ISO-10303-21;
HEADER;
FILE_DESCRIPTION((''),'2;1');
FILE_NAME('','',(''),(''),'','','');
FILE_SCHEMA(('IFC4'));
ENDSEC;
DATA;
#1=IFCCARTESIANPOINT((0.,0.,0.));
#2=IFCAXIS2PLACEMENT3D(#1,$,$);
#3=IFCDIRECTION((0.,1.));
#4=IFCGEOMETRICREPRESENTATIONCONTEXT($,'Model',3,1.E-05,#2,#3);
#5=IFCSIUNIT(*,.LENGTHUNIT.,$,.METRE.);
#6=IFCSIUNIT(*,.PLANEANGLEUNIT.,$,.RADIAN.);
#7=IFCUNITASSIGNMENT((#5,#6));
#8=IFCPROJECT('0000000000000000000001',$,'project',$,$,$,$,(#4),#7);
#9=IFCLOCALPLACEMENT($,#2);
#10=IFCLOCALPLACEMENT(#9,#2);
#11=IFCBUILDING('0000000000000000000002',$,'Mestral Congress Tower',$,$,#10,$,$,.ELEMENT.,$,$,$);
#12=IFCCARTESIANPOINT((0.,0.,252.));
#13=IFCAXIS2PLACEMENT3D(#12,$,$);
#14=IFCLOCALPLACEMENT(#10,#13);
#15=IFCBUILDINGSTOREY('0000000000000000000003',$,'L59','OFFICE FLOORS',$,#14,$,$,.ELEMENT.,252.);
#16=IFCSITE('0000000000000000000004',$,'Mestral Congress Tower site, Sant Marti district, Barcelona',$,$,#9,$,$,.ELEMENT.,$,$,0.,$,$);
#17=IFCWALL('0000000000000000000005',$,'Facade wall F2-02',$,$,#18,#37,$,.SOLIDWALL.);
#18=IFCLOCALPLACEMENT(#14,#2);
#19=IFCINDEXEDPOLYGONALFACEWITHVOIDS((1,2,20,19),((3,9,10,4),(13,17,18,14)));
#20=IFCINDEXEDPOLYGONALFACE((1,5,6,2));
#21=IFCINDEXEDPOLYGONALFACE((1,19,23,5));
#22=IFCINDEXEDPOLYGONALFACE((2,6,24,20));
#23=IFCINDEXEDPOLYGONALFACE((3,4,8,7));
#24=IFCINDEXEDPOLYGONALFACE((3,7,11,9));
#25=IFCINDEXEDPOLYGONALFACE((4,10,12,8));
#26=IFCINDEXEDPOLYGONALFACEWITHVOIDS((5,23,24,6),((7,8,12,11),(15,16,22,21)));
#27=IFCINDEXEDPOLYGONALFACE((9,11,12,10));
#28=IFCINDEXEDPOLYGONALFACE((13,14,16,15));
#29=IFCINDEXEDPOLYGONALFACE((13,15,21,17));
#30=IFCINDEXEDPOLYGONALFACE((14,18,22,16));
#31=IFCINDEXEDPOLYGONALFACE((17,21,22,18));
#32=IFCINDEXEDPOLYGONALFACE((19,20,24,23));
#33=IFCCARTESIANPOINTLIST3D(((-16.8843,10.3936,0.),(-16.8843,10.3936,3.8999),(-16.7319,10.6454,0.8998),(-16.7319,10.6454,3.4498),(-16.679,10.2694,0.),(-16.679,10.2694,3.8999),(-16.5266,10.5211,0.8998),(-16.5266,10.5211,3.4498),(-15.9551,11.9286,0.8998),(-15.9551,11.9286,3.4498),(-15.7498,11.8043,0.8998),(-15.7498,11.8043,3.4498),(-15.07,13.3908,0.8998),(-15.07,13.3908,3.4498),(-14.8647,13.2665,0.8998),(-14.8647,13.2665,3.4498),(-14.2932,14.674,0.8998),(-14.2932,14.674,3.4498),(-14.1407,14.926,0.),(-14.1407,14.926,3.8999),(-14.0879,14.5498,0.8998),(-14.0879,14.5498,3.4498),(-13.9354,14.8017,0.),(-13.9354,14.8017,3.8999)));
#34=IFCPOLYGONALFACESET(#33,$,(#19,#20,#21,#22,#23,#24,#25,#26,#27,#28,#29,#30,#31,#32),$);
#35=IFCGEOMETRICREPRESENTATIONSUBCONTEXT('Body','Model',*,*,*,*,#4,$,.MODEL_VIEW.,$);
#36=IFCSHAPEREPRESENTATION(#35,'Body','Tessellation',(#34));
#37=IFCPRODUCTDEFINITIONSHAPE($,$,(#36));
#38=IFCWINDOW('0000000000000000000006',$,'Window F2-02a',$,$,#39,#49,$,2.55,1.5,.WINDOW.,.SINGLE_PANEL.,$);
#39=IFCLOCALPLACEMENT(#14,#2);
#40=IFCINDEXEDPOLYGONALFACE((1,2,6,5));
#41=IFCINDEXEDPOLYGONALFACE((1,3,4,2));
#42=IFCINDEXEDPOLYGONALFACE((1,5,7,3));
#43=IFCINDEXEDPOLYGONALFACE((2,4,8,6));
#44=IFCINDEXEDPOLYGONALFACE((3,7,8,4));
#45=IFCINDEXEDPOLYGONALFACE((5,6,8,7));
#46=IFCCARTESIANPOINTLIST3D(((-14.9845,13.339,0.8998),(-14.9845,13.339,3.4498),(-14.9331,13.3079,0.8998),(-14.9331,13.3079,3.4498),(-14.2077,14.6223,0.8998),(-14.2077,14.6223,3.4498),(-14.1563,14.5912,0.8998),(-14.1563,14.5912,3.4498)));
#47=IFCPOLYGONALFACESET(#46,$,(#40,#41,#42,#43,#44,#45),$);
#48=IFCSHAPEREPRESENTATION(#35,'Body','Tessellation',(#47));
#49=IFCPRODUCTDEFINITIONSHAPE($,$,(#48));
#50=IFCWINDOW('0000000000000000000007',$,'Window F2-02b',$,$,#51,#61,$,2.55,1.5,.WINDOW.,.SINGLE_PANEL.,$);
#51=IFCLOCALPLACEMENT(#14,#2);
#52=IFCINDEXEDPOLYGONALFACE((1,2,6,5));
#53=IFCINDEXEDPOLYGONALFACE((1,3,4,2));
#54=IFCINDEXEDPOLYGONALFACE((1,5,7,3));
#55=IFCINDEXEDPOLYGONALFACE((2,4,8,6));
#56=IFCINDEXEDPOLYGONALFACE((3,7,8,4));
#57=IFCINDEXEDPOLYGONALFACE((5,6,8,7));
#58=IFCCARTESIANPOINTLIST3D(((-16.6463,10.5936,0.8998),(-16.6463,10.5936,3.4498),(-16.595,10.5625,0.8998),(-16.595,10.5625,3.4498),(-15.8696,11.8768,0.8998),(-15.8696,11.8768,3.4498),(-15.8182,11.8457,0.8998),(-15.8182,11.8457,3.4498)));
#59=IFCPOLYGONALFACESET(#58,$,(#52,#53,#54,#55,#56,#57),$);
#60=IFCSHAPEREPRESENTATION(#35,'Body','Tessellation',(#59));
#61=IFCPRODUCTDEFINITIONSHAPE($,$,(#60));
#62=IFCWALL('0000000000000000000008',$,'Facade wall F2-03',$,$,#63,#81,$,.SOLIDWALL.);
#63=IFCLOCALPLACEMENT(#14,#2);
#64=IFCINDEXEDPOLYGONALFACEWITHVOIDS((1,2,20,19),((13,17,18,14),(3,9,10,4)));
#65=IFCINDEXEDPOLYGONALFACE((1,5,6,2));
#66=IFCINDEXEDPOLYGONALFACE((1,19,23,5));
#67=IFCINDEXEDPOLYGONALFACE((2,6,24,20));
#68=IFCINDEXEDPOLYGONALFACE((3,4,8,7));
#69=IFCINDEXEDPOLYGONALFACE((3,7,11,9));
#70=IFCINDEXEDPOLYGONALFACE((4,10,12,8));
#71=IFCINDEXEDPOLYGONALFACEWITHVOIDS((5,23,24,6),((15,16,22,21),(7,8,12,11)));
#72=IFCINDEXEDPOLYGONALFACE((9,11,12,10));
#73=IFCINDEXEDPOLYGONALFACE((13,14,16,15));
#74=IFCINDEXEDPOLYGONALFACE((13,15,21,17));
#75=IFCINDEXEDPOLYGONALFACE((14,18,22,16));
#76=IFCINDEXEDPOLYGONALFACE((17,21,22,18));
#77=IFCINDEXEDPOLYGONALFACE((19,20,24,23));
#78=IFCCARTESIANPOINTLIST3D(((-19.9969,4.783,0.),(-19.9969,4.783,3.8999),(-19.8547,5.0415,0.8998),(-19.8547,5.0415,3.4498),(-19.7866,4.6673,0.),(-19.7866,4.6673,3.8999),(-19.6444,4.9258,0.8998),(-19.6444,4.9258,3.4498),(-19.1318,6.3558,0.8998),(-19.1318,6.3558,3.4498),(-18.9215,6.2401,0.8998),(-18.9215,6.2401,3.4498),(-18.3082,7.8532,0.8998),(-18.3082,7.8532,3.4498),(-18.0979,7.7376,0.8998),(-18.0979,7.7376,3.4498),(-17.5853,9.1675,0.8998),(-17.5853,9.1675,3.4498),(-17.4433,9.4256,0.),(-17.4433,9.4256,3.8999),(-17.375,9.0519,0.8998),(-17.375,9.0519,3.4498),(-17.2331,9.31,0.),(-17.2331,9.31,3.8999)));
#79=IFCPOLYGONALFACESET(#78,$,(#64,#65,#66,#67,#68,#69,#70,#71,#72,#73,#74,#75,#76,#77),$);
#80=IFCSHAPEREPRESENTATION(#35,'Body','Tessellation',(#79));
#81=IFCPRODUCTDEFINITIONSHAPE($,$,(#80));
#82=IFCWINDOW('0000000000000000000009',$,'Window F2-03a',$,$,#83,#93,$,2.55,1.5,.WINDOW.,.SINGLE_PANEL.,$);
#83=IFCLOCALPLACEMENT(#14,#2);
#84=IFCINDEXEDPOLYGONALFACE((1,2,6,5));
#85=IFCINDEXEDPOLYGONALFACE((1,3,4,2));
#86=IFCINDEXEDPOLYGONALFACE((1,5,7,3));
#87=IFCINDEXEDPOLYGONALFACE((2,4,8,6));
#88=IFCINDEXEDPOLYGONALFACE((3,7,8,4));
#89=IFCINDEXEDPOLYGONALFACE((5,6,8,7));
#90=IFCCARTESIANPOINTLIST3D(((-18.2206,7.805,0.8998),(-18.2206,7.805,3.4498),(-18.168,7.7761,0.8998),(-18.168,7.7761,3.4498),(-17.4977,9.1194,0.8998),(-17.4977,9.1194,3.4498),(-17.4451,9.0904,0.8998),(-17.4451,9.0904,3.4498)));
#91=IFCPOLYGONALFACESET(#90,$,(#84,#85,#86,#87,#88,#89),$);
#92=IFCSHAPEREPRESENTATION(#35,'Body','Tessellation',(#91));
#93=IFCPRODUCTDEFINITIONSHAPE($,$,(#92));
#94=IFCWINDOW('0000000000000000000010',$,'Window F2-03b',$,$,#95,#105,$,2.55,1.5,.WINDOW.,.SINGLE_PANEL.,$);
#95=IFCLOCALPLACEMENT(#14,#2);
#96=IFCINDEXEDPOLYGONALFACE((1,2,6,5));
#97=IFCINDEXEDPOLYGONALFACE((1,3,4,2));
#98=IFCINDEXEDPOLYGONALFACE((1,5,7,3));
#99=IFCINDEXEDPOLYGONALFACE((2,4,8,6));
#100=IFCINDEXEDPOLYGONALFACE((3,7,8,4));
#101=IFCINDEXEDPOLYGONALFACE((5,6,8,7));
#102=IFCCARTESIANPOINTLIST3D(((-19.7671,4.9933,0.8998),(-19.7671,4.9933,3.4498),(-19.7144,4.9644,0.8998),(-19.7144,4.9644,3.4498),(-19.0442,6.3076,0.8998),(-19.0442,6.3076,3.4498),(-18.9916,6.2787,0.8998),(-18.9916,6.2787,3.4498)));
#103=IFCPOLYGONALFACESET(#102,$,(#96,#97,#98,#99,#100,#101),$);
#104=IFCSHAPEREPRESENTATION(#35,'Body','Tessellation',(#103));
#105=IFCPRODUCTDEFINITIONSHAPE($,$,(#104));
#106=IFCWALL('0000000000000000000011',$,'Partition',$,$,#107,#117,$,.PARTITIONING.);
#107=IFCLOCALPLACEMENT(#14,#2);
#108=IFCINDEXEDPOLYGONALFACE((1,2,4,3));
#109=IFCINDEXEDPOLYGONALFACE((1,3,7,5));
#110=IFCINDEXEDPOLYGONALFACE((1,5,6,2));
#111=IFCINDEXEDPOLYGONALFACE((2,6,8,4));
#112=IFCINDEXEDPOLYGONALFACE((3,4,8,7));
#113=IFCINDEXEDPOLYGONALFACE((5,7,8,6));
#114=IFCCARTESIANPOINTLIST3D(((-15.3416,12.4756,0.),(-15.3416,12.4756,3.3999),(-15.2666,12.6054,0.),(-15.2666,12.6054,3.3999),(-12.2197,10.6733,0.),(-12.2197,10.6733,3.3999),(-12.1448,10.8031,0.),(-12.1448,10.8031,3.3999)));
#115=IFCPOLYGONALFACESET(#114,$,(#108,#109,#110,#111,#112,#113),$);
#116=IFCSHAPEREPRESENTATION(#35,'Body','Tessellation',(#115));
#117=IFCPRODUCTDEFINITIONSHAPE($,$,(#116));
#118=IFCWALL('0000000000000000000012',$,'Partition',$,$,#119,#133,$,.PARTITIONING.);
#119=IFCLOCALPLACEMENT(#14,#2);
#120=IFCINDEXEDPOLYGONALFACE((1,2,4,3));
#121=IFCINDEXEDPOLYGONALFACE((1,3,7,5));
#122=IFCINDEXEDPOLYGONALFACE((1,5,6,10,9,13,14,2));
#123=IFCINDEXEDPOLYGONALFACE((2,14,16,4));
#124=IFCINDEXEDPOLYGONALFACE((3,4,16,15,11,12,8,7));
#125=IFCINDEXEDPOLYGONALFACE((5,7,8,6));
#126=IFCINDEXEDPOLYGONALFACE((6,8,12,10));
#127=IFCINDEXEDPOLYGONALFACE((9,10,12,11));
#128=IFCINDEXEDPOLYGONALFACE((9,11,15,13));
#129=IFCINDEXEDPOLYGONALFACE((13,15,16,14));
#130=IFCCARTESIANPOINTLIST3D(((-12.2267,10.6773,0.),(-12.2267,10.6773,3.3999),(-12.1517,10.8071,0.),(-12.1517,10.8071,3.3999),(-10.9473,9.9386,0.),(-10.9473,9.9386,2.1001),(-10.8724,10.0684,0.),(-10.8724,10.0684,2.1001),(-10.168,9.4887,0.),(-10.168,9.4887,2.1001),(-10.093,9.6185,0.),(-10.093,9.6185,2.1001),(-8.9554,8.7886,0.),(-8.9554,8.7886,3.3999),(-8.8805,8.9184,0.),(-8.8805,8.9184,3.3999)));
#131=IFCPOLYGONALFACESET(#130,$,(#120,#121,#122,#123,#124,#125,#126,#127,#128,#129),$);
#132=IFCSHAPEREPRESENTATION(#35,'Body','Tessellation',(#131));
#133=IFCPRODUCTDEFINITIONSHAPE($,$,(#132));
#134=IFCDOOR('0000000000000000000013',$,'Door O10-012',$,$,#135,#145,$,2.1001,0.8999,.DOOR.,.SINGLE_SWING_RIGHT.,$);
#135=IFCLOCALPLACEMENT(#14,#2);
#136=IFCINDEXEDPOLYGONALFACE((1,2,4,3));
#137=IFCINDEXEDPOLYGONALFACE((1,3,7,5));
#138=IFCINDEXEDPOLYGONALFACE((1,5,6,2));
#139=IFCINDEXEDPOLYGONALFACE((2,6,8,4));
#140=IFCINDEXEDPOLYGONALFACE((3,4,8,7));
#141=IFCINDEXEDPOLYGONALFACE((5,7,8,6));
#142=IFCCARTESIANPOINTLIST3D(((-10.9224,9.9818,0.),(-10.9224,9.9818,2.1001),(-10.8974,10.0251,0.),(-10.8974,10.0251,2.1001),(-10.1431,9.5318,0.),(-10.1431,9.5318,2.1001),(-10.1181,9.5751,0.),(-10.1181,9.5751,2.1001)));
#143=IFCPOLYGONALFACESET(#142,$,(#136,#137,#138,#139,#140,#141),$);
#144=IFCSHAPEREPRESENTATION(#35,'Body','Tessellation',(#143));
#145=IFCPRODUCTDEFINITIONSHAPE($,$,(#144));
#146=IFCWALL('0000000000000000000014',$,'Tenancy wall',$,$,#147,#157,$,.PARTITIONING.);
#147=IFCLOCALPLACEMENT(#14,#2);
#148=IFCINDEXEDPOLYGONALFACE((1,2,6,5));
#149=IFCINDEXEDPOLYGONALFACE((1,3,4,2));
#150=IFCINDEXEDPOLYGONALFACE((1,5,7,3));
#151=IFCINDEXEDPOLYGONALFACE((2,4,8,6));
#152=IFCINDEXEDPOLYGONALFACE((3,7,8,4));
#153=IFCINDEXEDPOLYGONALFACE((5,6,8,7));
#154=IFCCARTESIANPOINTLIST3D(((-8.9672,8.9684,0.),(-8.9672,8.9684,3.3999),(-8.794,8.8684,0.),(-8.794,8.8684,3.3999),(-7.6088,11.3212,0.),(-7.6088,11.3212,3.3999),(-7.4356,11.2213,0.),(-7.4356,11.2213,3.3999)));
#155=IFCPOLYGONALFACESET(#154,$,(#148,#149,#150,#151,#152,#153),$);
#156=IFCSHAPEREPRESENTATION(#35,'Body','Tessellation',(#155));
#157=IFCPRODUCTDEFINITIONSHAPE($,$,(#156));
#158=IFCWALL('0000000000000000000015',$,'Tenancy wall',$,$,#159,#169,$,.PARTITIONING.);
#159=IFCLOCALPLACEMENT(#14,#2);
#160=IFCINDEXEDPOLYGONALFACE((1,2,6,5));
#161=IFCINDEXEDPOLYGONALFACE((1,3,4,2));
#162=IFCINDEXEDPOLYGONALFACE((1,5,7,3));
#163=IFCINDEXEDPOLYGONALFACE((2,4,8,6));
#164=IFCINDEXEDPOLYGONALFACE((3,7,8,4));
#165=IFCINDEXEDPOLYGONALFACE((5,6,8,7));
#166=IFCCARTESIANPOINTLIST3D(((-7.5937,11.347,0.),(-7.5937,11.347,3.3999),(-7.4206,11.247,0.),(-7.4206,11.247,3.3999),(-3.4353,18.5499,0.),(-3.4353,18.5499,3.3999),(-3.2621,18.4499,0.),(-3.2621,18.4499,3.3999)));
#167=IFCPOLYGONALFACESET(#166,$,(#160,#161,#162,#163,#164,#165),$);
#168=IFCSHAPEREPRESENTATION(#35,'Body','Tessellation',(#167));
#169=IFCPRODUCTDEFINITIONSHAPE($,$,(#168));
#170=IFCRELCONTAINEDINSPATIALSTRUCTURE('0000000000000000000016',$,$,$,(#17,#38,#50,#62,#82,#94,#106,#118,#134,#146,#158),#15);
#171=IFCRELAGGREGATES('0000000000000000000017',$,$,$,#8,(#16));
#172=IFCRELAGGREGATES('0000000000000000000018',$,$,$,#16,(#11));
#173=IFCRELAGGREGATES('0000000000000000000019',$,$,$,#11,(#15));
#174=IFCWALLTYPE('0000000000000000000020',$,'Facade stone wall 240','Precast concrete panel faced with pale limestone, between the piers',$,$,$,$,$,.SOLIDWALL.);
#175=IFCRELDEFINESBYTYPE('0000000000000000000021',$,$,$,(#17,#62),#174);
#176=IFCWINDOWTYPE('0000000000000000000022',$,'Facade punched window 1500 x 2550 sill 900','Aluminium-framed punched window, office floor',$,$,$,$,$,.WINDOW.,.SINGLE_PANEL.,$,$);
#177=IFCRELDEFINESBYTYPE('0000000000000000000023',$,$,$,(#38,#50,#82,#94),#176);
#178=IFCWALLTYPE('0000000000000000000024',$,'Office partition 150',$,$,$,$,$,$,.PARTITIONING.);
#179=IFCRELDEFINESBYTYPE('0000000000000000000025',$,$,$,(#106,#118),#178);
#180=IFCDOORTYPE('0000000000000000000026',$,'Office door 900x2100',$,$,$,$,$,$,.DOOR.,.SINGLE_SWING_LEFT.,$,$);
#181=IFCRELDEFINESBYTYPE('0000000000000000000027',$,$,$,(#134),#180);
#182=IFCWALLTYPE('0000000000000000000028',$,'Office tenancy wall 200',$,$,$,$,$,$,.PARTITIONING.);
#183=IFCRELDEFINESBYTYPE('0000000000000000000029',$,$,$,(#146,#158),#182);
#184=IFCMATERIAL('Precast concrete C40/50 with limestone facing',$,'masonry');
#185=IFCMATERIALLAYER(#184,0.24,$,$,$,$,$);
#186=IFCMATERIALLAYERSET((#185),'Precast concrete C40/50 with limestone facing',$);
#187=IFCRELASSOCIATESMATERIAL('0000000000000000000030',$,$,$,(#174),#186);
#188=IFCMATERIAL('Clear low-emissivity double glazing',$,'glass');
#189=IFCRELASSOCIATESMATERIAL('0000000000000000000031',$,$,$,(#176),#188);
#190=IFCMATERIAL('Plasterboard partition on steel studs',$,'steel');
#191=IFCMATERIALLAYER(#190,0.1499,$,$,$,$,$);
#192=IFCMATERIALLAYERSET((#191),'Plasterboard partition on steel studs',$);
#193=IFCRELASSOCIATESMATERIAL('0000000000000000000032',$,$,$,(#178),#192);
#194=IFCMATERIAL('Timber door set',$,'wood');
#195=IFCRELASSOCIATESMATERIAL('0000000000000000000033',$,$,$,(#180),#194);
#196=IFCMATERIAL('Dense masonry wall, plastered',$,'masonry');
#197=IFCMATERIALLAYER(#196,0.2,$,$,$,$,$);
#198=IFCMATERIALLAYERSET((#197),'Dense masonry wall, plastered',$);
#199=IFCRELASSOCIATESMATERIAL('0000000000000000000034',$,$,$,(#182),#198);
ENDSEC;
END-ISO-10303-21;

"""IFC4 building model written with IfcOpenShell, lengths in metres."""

from ifc_helpers import new_model, si_unit, direction, frame, frame_2d, origin, place, context, subcontext, project, spatial, rectangle, extrude, material, layer, layer_set, type_object, element, fill, save


model = new_model("IFC4")

# Units and contexts
model_context = context("Model", 3, precision=1e-05, world=origin(), true_north=direction((0.0, 1.0)))
body_context = subcontext(model_context, "Body", "Model", "MODEL_VIEW")
ifc_project = project(units=[si_unit("LENGTHUNIT", "METRE"), si_unit("PLANEANGLEUNIT", "RADIAN")], contexts=[model_context])

# Site, building, storey
site_placement = place(None, origin())
site = spatial("IfcSite", under=ifc_project, at=site_placement, Name="Mestral Congress Tower site, Sant Marti district, Barcelona", CompositionType="ELEMENT", RefElevation=0.0)
building_placement = place(site_placement, origin())
building = spatial("IfcBuilding", under=site, at=building_placement, Name="Mestral Congress Tower", CompositionType="ELEMENT")
storey_placement = place(building_placement, frame((0.0, 0.0, 252.0)))
storey = spatial("IfcBuildingStorey", under=building, at=storey_placement, Name="L59", Description="OFFICE FLOORS", CompositionType="ELEMENT", Elevation=252.0)

# Walls, openings, windows
ifc_material_1 = material(Name="Precast concrete C40/50 with limestone facing", Category="masonry")
ifc_layer_1 = layer(ifc_material_1, 0.24)
ifc_layer_set_1 = layer_set([ifc_layer_1], Name="Precast concrete C40/50 with limestone facing")
wall_type_1 = type_object("IfcWallType", Name="Facade stone wall 240", Description="Precast concrete panel faced with pale limestone, between the piers", PredefinedType="SOLIDWALL", material=ifc_layer_set_1)
wall_1_placement = place(storey_placement, frame((-14.0381, 14.8638, 0.0), z_axis=(0.0, 0.0, 1.0), x_axis=(-0.517846, -0.855474, 0.0)))
wall_1 = element("IfcWall", 1, at=wall_1_placement, inside=storey, type_object=wall_type_1, Name="Facade wall F2-02", PredefinedType="SOLIDWALL", context=body_context, shape_type="SweptSolid", body=[
    extrude(rectangle(XDim=5.2981, YDim=0.24, at=frame_2d((2.6489, 0.0))), origin(), (0.0, 0.0, 1.0), 3.8999),
])
opening_1_placement = place(wall_1_placement, frame((0.2944, 0.0, 0.8999)))
opening_1 = element("IfcOpeningElement", 2, at=opening_1_placement, cuts=wall_1, PredefinedType="OPENING", context=body_context, shape_type="SweptSolid", body=[
    extrude(rectangle(XDim=1.5, YDim=2.55, at=frame_2d((0.75, 1.2749))), frame((0.0, 0.1299, 0.0), z_axis=(0.0, -1.0, 0.0), x_axis=(1.0, 0.0, 0.0)), (0.0, 0.0, 1.0), 0.26),
])
opening_2_placement = place(wall_1_placement, frame((3.5037, 0.0, 0.8999)))
opening_2 = element("IfcOpeningElement", 3, at=opening_2_placement, cuts=wall_1, PredefinedType="OPENING", context=body_context, shape_type="SweptSolid", body=[
    extrude(rectangle(XDim=1.5, YDim=2.55, at=frame_2d((0.75, 1.2749))), frame((0.0, 0.1299, 0.0), z_axis=(0.0, -1.0, 0.0), x_axis=(1.0, 0.0, 0.0)), (0.0, 0.0, 1.0), 0.26),
])
ifc_material_2 = material(Name="Clear low-emissivity double glazing", Category="glass")
window_type = type_object("IfcWindowType", Name="Facade punched window 1500 x 2550 sill 900", Description="Aluminium-framed punched window, office floor", PartitioningType="SINGLE_PANEL", PredefinedType="WINDOW", material=ifc_material_2)
window_1_placement = place(opening_1_placement, origin())
window_1 = element("IfcWindow", 4, at=window_1_placement, inside=storey, type_object=window_type, Name="Window F2-02a", OverallHeight=2.55, OverallWidth=1.5, PartitioningType="SINGLE_PANEL", PredefinedType="WINDOW", context=body_context, shape_type="SweptSolid", body=[
    extrude(rectangle(XDim=1.5, YDim=2.55, at=frame_2d((0.75, 1.2749))), frame((0.0, 0.04, 0.0), z_axis=(0.0, -1.0, 0.0), x_axis=(1.0, 0.0, 0.0)), (0.0, 0.0, 1.0), 0.0601),
])
fill(opening_1, window_1)
window_2_placement = place(opening_2_placement, origin())
window_2 = element("IfcWindow", 5, at=window_2_placement, inside=storey, type_object=window_type, Name="Window F2-02b", OverallHeight=2.55, OverallWidth=1.5, PartitioningType="SINGLE_PANEL", PredefinedType="WINDOW", context=body_context, shape_type="SweptSolid", body=[
    extrude(rectangle(XDim=1.5, YDim=2.55, at=frame_2d((0.75, 1.2749))), frame((0.0, 0.04, 0.0), z_axis=(0.0, -1.0, 0.0), x_axis=(1.0, 0.0, 0.0)), (0.0, 0.0, 1.0), 0.0601),
])
fill(opening_2, window_2)
wall_2_placement = place(storey_placement, frame((-17.3381, 9.3679, 0.0), z_axis=(0.0, 0.0, 1.0), x_axis=(-0.481926, -0.876212, 0.0)))
wall_2 = element("IfcWall", 6, at=wall_2_placement, inside=storey, type_object=wall_type_1, Name="Facade wall F2-03", PredefinedType="SOLIDWALL", context=body_context, shape_type="SweptSolid", body=[
    extrude(rectangle(XDim=5.2986, YDim=0.24, at=frame_2d((2.6494, 0.0))), origin(), (0.0, 0.0, 1.0), 3.8999),
])
opening_3_placement = place(wall_2_placement, frame((0.2947, 0.0, 0.8999)))
opening_3 = element("IfcOpeningElement", 7, at=opening_3_placement, cuts=wall_2, PredefinedType="OPENING", context=body_context, shape_type="SweptSolid", body=[
    extrude(rectangle(XDim=1.5, YDim=2.55, at=frame_2d((0.75, 1.2749))), frame((0.0, 0.1299, 0.0), z_axis=(0.0, -1.0, 0.0), x_axis=(1.0, 0.0, 0.0)), (0.0, 0.0, 1.0), 0.26),
])
opening_4_placement = place(wall_2_placement, frame((3.5037, 0.0, 0.8999)))
opening_4 = element("IfcOpeningElement", 8, at=opening_4_placement, cuts=wall_2, PredefinedType="OPENING", context=body_context, shape_type="SweptSolid", body=[
    extrude(rectangle(XDim=1.5, YDim=2.55, at=frame_2d((0.75, 1.2749))), frame((0.0, 0.1299, 0.0), z_axis=(0.0, -1.0, 0.0), x_axis=(1.0, 0.0, 0.0)), (0.0, 0.0, 1.0), 0.26),
])
window_3_placement = place(opening_3_placement, origin())
window_3 = element("IfcWindow", 9, at=window_3_placement, inside=storey, type_object=window_type, Name="Window F2-03a", OverallHeight=2.55, OverallWidth=1.5, PartitioningType="SINGLE_PANEL", PredefinedType="WINDOW", context=body_context, shape_type="SweptSolid", body=[
    extrude(rectangle(XDim=1.5, YDim=2.55, at=frame_2d((0.75, 1.2749))), frame((0.0, 0.04, 0.0), z_axis=(0.0, -1.0, 0.0), x_axis=(1.0, 0.0, 0.0)), (0.0, 0.0, 1.0), 0.0601),
])
fill(opening_3, window_3)
window_4_placement = place(opening_4_placement, origin())
window_4 = element("IfcWindow", 10, at=window_4_placement, inside=storey, type_object=window_type, Name="Window F2-03b", OverallHeight=2.55, OverallWidth=1.5, PartitioningType="SINGLE_PANEL", PredefinedType="WINDOW", context=body_context, shape_type="SweptSolid", body=[
    extrude(rectangle(XDim=1.5, YDim=2.55, at=frame_2d((0.75, 1.2749))), frame((0.0, 0.04, 0.0), z_axis=(0.0, -1.0, 0.0), x_axis=(1.0, 0.0, 0.0)), (0.0, 0.0, 1.0), 0.0601),
])
fill(opening_4, window_4)

# Wall
ifc_material_3 = material(Name="Plasterboard partition on steel studs", Category="steel")
ifc_layer_2 = layer(ifc_material_3, 0.1499)
ifc_layer_set_2 = layer_set([ifc_layer_2], Name="Plasterboard partition on steel studs")
wall_type_2 = type_object("IfcWallType", Name="Office partition 150", PredefinedType="PARTITIONING", material=ifc_layer_set_2)
wall_3_placement = place(storey_placement, frame((-12.1824, 10.7383, 0.0), z_axis=(0.0, 0.0, 1.0), x_axis=(-0.866042, 0.499971, 0.0)))
element("IfcWall", 11, at=wall_3_placement, inside=storey, type_object=wall_type_2, Name="Partition", PredefinedType="PARTITIONING", context=body_context, shape_type="SweptSolid", body=[
    extrude(rectangle(XDim=3.6047, YDim=0.1499, at=frame_2d((1.8022, 0.0))), origin(), (0.0, 0.0, 1.0), 3.3999),
])

# Wall, opening, door
wall_4_placement = place(storey_placement, frame((-12.1892, 10.7422, 0.0), z_axis=(0.0, 0.0, 1.0), x_axis=(0.866023, -0.500004, 0.0)))
wall_4 = element("IfcWall", 12, at=wall_4_placement, inside=storey, type_object=wall_type_2, Name="Partition", PredefinedType="PARTITIONING", context=body_context, shape_type="SweptSolid", body=[
    extrude(rectangle(XDim=3.7773, YDim=0.1499, at=frame_2d((1.8887, 0.0))), origin(), (0.0, 0.0, 1.0), 3.3999),
])
opening_5_placement = place(wall_4_placement, frame((1.4773, 0.0, 0.0)))
opening_5 = element("IfcOpeningElement", 13, at=opening_5_placement, cuts=wall_4, PredefinedType="OPENING", context=body_context, shape_type="SweptSolid", body=[
    extrude(rectangle(XDim=0.8999, YDim=2.1001, at=frame_2d((0.45, 1.05))), frame((0.0, 0.085, 0.0), z_axis=(0.0, -1.0, 0.0), x_axis=(1.0, 0.0, 0.0)), (0.0, 0.0, 1.0), 0.1699),
])
ifc_material_4 = material(Name="Timber door set", Category="wood")
door_type_1 = type_object("IfcDoorType", Name="Office door 900x2100", OperationType="SINGLE_SWING_LEFT", PredefinedType="DOOR", material=ifc_material_4)
door_1_placement = place(opening_5_placement, origin())
door_1 = element("IfcDoor", 14, at=door_1_placement, inside=storey, type_object=door_type_1, Name="Door O10-012", OperationType="SINGLE_SWING_RIGHT", OverallHeight=2.1001, OverallWidth=0.8999, PredefinedType="DOOR", context=body_context, shape_type="SweptSolid", body=[
    extrude(rectangle(XDim=0.8999, YDim=2.1001, at=frame_2d((0.45, 1.05))), frame((0.0, 0.0249, 0.0), z_axis=(0.0, -1.0, 0.0), x_axis=(1.0, 0.0, 0.0)), (0.0, 0.0, 1.0), 0.05),
])
fill(opening_5, door_1)

# Walls
ifc_material_5 = material(Name="Dense masonry wall, plastered", Category="masonry")
ifc_layer_3 = layer(ifc_material_5, 0.2)
ifc_layer_set_3 = layer_set([ifc_layer_3], Name="Dense masonry wall, plastered")
wall_type_3 = type_object("IfcWallType", Name="Office tenancy wall 200", PredefinedType="PARTITIONING", material=ifc_layer_set_3)
wall_5_placement = place(storey_placement, frame((-7.5222, 11.2712, 0.0), z_axis=(0.0, 0.0, 1.0), x_axis=(-0.500005, -0.866022, 0.0)))
element("IfcWall", 15, at=wall_5_placement, inside=storey, type_object=wall_type_3, Name="Tenancy wall", PredefinedType="PARTITIONING", context=body_context, shape_type="SweptSolid", body=[
    extrude(rectangle(XDim=2.7168, YDim=0.2, at=frame_2d((1.3584, 0.0))), origin(), (0.0, 0.0, 1.0), 3.3999),
])
wall_6_placement = place(storey_placement, frame((-3.3486, 18.5, 0.0), z_axis=(0.0, 0.0, 1.0), x_axis=(-0.499988, -0.866033, 0.0)))
element("IfcWall", 16, at=wall_6_placement, inside=storey, type_object=wall_type_3, Name="Tenancy wall", PredefinedType="PARTITIONING", context=body_context, shape_type="SweptSolid", body=[
    extrude(rectangle(XDim=8.3171, YDim=0.2, at=frame_2d((4.1587, 0.0))), origin(), (0.0, 0.0, 1.0), 3.3999),
])

save(model, "model.ifc")
